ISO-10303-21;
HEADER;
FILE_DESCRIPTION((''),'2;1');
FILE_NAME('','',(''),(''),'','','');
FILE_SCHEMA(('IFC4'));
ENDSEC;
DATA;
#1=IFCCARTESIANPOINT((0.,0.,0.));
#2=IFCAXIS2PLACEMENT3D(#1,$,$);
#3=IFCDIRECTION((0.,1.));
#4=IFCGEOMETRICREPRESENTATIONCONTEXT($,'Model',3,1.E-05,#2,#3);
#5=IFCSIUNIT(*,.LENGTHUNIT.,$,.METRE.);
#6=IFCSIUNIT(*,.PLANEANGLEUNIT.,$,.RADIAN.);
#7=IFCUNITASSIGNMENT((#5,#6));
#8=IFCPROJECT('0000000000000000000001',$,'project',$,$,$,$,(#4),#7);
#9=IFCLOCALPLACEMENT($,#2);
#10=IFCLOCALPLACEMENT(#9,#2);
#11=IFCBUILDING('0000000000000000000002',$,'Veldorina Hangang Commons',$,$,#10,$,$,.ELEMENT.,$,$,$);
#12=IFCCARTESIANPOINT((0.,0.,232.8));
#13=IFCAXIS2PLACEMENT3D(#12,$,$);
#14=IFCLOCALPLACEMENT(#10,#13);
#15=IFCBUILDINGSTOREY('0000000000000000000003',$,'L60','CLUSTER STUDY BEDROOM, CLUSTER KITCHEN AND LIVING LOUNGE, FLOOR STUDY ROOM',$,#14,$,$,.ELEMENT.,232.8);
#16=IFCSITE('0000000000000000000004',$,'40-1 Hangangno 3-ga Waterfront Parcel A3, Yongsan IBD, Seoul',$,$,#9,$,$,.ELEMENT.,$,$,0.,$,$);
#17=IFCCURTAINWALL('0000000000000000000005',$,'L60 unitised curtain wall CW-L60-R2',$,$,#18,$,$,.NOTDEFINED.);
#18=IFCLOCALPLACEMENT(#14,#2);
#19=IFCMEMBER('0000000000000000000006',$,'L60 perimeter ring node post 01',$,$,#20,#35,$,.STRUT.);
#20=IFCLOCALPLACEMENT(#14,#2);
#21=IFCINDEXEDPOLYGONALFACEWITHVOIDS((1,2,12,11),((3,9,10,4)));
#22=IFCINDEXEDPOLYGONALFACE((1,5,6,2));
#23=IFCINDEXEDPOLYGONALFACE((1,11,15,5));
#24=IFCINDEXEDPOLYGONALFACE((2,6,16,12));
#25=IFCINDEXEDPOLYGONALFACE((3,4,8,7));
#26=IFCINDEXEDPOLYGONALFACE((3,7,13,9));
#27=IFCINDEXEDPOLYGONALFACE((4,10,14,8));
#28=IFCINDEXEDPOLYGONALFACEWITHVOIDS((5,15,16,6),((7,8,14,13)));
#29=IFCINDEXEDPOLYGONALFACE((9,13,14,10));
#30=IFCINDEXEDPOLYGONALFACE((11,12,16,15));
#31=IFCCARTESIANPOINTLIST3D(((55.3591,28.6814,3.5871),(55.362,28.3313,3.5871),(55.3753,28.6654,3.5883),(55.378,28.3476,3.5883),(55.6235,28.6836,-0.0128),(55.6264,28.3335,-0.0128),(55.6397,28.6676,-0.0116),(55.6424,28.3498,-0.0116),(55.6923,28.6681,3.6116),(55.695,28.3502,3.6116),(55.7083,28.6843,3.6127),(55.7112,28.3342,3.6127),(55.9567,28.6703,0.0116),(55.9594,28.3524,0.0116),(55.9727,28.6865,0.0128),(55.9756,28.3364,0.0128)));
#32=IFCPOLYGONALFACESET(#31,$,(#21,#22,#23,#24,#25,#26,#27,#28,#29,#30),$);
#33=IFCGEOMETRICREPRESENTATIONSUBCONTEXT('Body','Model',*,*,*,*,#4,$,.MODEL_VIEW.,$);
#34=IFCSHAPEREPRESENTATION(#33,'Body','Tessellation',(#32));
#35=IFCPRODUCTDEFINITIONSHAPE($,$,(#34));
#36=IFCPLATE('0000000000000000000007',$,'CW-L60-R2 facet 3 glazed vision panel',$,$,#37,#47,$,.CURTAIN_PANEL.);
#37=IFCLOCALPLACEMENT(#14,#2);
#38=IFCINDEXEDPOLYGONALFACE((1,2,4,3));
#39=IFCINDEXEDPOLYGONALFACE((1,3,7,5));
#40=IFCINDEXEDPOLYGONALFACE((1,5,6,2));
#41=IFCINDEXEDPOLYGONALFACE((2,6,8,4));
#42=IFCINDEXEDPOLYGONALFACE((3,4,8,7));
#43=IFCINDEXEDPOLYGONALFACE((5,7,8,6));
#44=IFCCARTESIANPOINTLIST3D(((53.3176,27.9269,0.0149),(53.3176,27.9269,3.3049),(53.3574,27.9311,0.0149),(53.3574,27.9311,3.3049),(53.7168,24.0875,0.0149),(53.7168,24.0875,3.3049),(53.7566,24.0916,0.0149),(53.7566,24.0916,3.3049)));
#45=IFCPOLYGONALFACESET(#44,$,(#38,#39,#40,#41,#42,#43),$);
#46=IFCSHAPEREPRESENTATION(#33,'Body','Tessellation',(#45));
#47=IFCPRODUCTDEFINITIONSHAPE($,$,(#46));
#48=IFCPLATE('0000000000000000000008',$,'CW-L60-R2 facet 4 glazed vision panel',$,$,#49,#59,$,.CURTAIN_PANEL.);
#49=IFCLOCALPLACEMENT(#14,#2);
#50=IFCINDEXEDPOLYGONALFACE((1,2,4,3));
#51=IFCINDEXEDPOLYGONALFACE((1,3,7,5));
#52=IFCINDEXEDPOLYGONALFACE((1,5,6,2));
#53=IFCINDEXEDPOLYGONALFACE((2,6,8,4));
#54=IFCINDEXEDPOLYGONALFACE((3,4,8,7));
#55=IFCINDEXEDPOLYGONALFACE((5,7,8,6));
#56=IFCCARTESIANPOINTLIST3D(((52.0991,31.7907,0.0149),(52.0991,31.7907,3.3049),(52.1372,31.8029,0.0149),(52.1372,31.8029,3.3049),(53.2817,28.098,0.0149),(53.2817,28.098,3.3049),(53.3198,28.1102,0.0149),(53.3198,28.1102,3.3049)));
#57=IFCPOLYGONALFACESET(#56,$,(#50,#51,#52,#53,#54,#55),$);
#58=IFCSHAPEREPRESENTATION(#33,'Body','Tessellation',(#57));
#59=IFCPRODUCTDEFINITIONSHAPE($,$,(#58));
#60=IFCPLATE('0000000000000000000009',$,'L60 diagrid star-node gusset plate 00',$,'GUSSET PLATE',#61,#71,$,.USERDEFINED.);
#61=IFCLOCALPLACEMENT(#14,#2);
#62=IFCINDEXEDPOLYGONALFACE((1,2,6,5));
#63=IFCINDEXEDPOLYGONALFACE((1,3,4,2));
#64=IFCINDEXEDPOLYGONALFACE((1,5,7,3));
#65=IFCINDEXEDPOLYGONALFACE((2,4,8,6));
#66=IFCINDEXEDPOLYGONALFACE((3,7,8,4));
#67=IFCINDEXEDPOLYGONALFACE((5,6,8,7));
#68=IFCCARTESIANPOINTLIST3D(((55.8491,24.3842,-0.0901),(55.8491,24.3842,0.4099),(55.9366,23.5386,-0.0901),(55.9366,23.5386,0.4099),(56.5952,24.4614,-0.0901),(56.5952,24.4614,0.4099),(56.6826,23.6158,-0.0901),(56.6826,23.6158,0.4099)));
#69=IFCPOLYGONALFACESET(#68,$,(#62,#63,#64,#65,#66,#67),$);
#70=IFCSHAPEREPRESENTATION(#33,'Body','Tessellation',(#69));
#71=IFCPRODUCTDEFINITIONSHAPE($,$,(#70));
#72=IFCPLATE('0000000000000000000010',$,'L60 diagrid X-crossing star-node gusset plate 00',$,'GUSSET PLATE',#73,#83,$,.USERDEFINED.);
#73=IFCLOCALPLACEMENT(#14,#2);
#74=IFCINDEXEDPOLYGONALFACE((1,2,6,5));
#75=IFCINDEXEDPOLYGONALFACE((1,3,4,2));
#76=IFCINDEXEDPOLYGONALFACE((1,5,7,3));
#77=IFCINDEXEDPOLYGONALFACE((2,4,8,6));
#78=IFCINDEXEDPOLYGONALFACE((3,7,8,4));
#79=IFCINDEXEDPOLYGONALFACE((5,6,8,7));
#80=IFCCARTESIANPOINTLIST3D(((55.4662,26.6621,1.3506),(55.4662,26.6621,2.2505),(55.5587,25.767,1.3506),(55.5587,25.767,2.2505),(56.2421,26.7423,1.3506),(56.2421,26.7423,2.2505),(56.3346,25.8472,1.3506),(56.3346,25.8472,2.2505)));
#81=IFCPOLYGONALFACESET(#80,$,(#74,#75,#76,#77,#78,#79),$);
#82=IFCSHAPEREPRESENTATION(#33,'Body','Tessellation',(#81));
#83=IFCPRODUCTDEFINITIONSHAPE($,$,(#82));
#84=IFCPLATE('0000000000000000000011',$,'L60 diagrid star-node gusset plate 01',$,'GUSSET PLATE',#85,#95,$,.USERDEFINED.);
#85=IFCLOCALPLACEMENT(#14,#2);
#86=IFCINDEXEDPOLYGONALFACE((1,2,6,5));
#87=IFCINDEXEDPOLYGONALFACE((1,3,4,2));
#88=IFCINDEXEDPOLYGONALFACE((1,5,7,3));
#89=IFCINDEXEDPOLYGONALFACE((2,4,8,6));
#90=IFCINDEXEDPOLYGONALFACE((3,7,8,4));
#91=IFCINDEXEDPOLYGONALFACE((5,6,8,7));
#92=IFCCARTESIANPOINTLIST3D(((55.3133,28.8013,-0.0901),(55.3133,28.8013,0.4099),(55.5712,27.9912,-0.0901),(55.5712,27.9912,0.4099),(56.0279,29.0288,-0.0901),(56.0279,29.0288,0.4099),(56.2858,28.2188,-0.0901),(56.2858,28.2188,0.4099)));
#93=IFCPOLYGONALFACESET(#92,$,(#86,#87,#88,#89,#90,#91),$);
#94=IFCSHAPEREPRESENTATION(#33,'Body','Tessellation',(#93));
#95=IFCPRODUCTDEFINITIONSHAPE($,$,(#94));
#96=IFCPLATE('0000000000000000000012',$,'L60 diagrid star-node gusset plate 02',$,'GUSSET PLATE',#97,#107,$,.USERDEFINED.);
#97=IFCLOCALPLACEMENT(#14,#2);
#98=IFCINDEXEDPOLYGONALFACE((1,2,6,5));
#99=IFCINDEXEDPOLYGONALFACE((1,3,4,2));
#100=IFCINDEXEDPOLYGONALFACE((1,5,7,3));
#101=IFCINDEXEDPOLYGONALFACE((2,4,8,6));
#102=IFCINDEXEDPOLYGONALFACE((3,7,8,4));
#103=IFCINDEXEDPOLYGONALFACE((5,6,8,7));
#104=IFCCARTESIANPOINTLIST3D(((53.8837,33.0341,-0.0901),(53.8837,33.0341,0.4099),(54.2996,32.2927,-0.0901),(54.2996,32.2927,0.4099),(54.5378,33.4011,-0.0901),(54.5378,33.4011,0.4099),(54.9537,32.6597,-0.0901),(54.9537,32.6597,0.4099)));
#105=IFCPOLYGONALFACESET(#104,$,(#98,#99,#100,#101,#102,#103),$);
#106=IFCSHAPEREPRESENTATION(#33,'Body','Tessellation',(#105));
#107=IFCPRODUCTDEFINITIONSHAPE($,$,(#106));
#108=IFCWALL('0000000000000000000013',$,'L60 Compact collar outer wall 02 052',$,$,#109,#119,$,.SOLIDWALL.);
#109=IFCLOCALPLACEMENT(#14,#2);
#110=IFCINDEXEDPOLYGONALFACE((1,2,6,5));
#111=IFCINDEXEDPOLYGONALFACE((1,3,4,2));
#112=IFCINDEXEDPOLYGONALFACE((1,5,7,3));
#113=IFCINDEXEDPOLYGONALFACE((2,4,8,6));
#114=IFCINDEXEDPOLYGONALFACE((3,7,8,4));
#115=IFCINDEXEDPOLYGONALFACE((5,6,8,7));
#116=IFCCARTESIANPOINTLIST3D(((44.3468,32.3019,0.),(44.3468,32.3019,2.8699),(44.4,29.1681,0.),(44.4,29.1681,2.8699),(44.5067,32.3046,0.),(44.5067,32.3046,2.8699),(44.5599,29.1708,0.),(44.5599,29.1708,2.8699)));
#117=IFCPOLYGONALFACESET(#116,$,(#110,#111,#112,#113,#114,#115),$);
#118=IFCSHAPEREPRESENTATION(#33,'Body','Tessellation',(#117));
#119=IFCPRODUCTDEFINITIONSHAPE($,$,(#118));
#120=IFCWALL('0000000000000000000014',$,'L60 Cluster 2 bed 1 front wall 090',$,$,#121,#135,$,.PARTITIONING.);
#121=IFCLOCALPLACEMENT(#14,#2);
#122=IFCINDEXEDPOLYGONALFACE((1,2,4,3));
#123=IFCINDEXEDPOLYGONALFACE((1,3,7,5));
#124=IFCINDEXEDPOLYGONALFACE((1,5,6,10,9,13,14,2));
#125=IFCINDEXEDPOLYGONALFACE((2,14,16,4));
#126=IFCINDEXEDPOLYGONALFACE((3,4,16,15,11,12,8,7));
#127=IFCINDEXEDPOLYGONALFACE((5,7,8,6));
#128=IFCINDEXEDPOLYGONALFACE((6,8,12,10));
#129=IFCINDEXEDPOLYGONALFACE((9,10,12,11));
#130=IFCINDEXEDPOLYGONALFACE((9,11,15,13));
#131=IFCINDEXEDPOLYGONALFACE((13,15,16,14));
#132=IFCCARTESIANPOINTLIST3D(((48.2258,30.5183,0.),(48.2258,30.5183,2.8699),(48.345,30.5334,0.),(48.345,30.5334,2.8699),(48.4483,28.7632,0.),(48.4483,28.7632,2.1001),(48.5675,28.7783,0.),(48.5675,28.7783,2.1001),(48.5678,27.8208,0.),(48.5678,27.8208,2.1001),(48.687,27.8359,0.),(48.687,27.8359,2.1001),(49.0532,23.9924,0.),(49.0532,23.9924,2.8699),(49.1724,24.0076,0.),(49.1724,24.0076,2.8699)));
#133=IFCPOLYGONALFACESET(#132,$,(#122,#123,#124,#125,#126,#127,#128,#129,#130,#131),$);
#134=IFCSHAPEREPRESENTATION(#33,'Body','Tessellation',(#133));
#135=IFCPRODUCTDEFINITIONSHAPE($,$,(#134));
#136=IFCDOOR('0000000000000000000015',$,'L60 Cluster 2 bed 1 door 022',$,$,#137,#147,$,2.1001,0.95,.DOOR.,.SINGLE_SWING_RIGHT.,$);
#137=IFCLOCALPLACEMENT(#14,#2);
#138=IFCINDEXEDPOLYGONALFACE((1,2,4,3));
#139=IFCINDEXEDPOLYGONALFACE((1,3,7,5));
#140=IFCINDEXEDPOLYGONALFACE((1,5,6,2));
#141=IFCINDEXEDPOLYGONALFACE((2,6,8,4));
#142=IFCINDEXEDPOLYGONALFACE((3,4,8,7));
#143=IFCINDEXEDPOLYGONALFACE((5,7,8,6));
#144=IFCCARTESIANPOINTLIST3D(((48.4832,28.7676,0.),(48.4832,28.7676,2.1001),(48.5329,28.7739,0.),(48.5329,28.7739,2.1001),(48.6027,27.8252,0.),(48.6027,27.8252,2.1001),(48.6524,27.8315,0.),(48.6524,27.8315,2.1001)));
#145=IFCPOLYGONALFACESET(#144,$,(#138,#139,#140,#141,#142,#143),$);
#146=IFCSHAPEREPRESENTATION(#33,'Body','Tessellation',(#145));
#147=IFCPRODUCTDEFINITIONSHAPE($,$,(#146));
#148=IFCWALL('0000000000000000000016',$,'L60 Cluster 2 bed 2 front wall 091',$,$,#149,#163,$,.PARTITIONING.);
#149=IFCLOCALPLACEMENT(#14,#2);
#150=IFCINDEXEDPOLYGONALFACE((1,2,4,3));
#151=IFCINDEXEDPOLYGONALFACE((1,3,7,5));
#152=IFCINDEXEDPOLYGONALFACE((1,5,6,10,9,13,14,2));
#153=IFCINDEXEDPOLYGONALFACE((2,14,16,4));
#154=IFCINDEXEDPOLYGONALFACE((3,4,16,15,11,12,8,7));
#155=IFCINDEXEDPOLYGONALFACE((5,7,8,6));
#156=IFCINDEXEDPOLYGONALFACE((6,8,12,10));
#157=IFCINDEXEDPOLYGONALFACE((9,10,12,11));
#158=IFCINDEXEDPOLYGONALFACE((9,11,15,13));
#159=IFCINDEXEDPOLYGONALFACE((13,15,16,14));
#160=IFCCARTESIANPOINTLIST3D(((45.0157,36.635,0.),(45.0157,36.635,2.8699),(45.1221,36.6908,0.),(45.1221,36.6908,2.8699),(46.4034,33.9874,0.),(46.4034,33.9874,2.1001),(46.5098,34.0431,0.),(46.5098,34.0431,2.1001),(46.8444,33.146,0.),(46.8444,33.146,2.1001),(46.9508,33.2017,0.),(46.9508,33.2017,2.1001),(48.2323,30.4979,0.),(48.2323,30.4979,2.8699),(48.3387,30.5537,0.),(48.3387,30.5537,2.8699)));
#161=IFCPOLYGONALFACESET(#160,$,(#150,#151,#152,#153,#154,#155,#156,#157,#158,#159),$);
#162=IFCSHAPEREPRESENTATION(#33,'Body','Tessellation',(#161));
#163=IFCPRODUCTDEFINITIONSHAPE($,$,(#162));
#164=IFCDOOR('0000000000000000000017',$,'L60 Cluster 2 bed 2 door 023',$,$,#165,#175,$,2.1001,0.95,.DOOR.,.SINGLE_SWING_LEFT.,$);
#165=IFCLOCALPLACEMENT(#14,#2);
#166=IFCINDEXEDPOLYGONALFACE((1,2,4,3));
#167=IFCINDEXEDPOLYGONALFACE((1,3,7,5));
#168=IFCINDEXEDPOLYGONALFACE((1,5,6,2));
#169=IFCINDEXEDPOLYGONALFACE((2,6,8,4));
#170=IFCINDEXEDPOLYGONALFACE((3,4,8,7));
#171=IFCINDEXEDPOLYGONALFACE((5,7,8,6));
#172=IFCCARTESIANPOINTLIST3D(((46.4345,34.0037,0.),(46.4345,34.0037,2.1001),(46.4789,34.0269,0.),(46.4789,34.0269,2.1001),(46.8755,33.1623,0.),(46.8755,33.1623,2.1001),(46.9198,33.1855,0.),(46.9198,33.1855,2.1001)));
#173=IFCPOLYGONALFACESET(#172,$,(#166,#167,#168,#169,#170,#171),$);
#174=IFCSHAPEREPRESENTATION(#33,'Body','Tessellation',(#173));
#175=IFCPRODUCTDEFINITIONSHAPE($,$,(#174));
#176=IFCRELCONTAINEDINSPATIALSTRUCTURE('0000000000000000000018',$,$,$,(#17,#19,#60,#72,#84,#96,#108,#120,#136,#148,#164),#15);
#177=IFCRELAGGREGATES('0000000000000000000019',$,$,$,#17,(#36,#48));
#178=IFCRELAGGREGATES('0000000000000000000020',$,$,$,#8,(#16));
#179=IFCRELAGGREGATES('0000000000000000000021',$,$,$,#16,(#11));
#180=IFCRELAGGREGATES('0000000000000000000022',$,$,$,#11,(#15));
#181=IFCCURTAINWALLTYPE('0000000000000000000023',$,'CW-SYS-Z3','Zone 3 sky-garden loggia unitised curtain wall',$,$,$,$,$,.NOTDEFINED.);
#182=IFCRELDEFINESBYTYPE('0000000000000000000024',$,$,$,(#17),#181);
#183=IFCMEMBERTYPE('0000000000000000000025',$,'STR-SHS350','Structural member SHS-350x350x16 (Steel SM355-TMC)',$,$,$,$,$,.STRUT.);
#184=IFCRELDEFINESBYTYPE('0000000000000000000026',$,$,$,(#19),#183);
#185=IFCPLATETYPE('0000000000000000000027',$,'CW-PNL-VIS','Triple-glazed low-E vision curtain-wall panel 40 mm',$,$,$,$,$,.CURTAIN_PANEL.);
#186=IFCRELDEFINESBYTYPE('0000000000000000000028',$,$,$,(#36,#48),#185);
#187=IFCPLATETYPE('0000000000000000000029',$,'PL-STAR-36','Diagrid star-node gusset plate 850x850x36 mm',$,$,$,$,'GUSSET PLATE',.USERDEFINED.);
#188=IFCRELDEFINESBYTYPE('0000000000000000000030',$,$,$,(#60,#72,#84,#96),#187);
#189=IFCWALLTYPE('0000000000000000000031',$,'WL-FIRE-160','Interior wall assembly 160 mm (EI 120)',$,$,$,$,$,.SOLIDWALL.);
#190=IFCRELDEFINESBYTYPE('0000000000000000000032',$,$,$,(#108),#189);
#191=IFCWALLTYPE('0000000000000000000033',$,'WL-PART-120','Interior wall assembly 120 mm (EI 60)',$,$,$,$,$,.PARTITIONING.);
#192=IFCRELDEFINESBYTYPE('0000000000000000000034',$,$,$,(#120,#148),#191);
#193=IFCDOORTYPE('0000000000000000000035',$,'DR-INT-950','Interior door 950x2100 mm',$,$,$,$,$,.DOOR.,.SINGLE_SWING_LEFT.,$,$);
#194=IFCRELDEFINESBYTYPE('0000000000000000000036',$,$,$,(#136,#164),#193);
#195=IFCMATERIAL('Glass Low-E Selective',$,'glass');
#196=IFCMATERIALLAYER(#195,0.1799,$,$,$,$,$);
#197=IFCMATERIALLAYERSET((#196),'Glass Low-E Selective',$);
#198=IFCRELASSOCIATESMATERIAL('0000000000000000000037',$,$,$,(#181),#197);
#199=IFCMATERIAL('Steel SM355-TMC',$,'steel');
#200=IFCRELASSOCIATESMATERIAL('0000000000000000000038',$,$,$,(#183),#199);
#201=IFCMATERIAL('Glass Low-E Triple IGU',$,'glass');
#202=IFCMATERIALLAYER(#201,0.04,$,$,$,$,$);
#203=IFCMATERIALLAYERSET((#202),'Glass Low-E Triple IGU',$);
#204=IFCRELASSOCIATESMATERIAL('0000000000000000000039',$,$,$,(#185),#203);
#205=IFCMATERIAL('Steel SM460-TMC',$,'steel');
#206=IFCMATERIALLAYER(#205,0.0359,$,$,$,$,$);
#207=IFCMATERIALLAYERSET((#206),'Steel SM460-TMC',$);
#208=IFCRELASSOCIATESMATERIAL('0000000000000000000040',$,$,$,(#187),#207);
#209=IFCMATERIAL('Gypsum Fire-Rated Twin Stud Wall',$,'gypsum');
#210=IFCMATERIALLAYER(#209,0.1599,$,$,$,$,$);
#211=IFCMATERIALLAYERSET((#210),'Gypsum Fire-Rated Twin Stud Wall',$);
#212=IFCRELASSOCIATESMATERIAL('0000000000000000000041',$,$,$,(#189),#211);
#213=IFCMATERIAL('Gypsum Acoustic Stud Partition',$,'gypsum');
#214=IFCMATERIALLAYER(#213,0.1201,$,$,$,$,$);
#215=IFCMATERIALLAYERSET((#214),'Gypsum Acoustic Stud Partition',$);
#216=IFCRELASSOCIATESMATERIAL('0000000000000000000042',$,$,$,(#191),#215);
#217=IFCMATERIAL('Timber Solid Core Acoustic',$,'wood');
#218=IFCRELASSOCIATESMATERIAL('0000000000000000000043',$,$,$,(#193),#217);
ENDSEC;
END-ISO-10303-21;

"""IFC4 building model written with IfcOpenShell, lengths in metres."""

from ifc_helpers import new_model, si_unit, direction, frame, frame_2d, origin, origin_2d, place, context, subcontext, project, spatial, rectangle, hollow_rectangle, extrude, material, layer, layer_set, material_profile, profile_set, type_object, element, fill, aggregate, save


model = new_model("IFC4")

# Units and contexts
model_context = context("Model", 3, precision=1e-05, world=origin(), true_north=direction((0.0, 1.0)))
body_context = subcontext(model_context, "Body", "Model", "MODEL_VIEW")
ifc_project = project(units=[si_unit("LENGTHUNIT", "METRE"), si_unit("PLANEANGLEUNIT", "RADIAN")], contexts=[model_context])

# Site, building, storey
site_placement = place(None, origin())
site = spatial("IfcSite", under=ifc_project, at=site_placement, Name="40-1 Hangangno 3-ga Waterfront Parcel A3, Yongsan IBD, Seoul", CompositionType="ELEMENT", RefElevation=0.0)
building_placement = place(site_placement, origin())
building = spatial("IfcBuilding", under=site, at=building_placement, Name="Veldorina Hangang Commons", CompositionType="ELEMENT")
storey_placement = place(building_placement, frame((0.0, 0.0, 232.8)))
storey = spatial("IfcBuildingStorey", under=building, at=storey_placement, Name="L60", Description="CLUSTER STUDY BEDROOM, CLUSTER KITCHEN AND LIVING LOUNGE, FLOOR STUDY ROOM", CompositionType="ELEMENT", Elevation=232.8)

# Shared definitions
ifc_material_1 = material(Name="Steel SM355-TMC", Category="steel")

# Curtain wall
ifc_material_2 = material(Name="Glass Low-E Selective", Category="glass")
ifc_layer_1 = layer(ifc_material_2, 0.1799)
ifc_layer_set_1 = layer_set([ifc_layer_1], Name="Glass Low-E Selective")
curtain_wall_type = type_object("IfcCurtainWallType", Name="CW-SYS-Z3", Description="Zone 3 sky-garden loggia unitised curtain wall", PredefinedType="NOTDEFINED", material=ifc_layer_set_1)
curtain_wall_placement = place(storey_placement, origin())
curtain_wall = element("IfcCurtainWall", 1, at=curtain_wall_placement, inside=storey, type_object=curtain_wall_type, Name="L60 unitised curtain wall CW-L60-R2", PredefinedType="NOTDEFINED")

# Member
ifc_material_profile_1 = material_profile(ifc_material_1, hollow_rectangle(XDim=0.3501, YDim=0.3501, WallThickness=0.0161, at=origin_2d()), Name="SHS-350x350x16")
ifc_profile_set_1 = profile_set([ifc_material_profile_1], Name="Steel SM355-TMC")
member_type_1 = type_object("IfcMemberType", Name="STR-SHS350", Description="Structural member SHS-350x350x16 (Steel SM355-TMC)", PredefinedType="STRUT", material=ifc_profile_set_1)
member_1_placement = place(storey_placement, frame((55.7996, 28.51, 0.0), z_axis=(-0.073251, -0.000609, 0.997313), x_axis=(0.00831, -0.999965, 0.0)))
element("IfcMember", 2, at=member_1_placement, inside=storey, type_object=member_type_1, Name="L60 perimeter ring node post 01", PredefinedType="STRUT", context=body_context, shape_type="SweptSolid", body=[
    extrude(hollow_rectangle(XDim=0.3501, YDim=0.3501, WallThickness=0.0161, at=origin_2d()), origin(), (0.0, 0.0, 1.0), 3.6096),
])

# Plates
ifc_material_3 = material(Name="Glass Low-E Triple IGU", Category="glass")
ifc_layer_2 = layer(ifc_material_3, 0.04)
ifc_layer_set_2 = layer_set([ifc_layer_2], Name="Glass Low-E Triple IGU")
plate_type_1 = type_object("IfcPlateType", Name="CW-PNL-VIS", Description="Triple-glazed low-E vision curtain-wall panel 40 mm", PredefinedType="CURTAIN_PANEL", material=ifc_layer_set_2)
plate_1_placement = place(storey_placement, frame((53.5371, 26.0093, 0.0149), z_axis=(0.0, 0.0, 1.0), x_axis=(-0.103418, 0.994638, 0.0)))
plate_1 = element("IfcPlate", 3, at=plate_1_placement, type_object=plate_type_1, Name="CW-L60-R2 facet 3 glazed vision panel", PredefinedType="CURTAIN_PANEL", context=body_context, shape_type="SweptSolid", body=[
    extrude(rectangle(XDim=3.8601, YDim=0.04, at=origin_2d()), origin(), (0.0, 0.0, 1.0), 3.29),
])
plate_2_placement = place(storey_placement, frame((52.7095, 29.9504, 0.0149), z_axis=(0.0, 0.0, 1.0), x_axis=(-0.304997, 0.952353, 0.0)))
plate_2 = element("IfcPlate", 4, at=plate_2_placement, type_object=plate_type_1, Name="CW-L60-R2 facet 4 glazed vision panel", PredefinedType="CURTAIN_PANEL", context=body_context, shape_type="SweptSolid", body=[
    extrude(rectangle(XDim=3.8774, YDim=0.04, at=origin_2d()), origin(), (0.0, 0.0, 1.0), 3.29),
])
aggregate(curtain_wall, [plate_1, plate_2])

# Plates
ifc_material_4 = material(Name="Steel SM460-TMC", Category="steel")
ifc_layer_3 = layer(ifc_material_4, 0.0359)
ifc_layer_set_3 = layer_set([ifc_layer_3], Name="Steel SM460-TMC")
plate_type_2 = type_object("IfcPlateType", Name="PL-STAR-36", Description="Diagrid star-node gusset plate 850x850x36 mm", ElementType="GUSSET PLATE", PredefinedType="USERDEFINED", material=ifc_layer_set_3)
plate_3_placement = place(storey_placement, frame((56.2659, 24.0, -0.0901), z_axis=(0.0, 0.0, 1.0), x_axis=(-0.102845, 0.994697, 0.0)))
element("IfcPlate", 5, at=plate_3_placement, inside=storey, type_object=plate_type_2, Name="L60 diagrid star-node gusset plate 00", ObjectType="GUSSET PLATE", PredefinedType="USERDEFINED", context=body_context, shape_type="SweptSolid", body=[
    extrude(rectangle(XDim=0.8501, YDim=0.75, at=origin_2d()), origin(), (0.0, 0.0, 1.0), 0.5),
])
plate_4_placement = place(storey_placement, frame((55.9004, 26.2546, 1.3506), z_axis=(0.0, 0.0, 1.0), x_axis=(-0.102845, 0.994697, 0.0)))
element("IfcPlate", 6, at=plate_4_placement, inside=storey, type_object=plate_type_2, Name="L60 diagrid X-crossing star-node gusset plate 00", ObjectType="GUSSET PLATE", PredefinedType="USERDEFINED", context=body_context, shape_type="SweptSolid", body=[
    extrude(rectangle(XDim=0.8999, YDim=0.78, at=origin_2d()), origin(), (0.0, 0.0, 1.0), 0.8999),
])
for number, where, z_axis, x_axis, name in (
    (7, (55.7996, 28.51, -0.0901), (0.0, 0.0, 1.0), (-0.303385, 0.952868, 0.0), "L60 diagrid star-node gusset plate 01"),
    (8, (54.4187, 32.8469, -0.0901), (0.0, 0.0, 1.0), (-0.489306, 0.872112, 0.0), "L60 diagrid star-node gusset plate 02"),
):
    element("IfcPlate", number, at=place(storey_placement, frame(where, z_axis=z_axis, x_axis=x_axis)), inside=storey, type_object=plate_type_2, Name=name, ObjectType="GUSSET PLATE", PredefinedType="USERDEFINED", context=body_context, shape_type="SweptSolid", body=[
        extrude(rectangle(XDim=0.8501, YDim=0.75, at=origin_2d()), origin(), (0.0, 0.0, 1.0), 0.5),
    ])

# Wall
ifc_material_5 = material(Name="Gypsum Fire-Rated Twin Stud Wall", Category="gypsum")
ifc_layer_4 = layer(ifc_material_5, 0.1599)
ifc_layer_set_4 = layer_set([ifc_layer_4], Name="Gypsum Fire-Rated Twin Stud Wall")
wall_type_1 = type_object("IfcWallType", Name="WL-FIRE-160", Description="Interior wall assembly 160 mm (EI 120)", PredefinedType="SOLIDWALL", material=ifc_layer_set_4)
wall_1_placement = place(storey_placement, frame((44.48, 29.1694, 0.0), z_axis=(0.0, 0.0, 1.0), x_axis=(-0.016981, 0.999856, 0.0)))
element("IfcWall", 9, at=wall_1_placement, inside=storey, type_object=wall_type_1, Name="L60 Compact collar outer wall 02 052", PredefinedType="SOLIDWALL", context=body_context, shape_type="SweptSolid", body=[
    extrude(rectangle(XDim=3.1343, YDim=0.1599, at=frame_2d((1.5671, 0.0))), origin(), (0.0, 0.0, 1.0), 2.8699),
])

# Walls, openings, doors
ifc_material_6 = material(Name="Gypsum Acoustic Stud Partition", Category="gypsum")
ifc_layer_5 = layer(ifc_material_6, 0.1201)
ifc_layer_set_5 = layer_set([ifc_layer_5], Name="Gypsum Acoustic Stud Partition")
wall_type_2 = type_object("IfcWallType", Name="WL-PART-120", Description="Interior wall assembly 120 mm (EI 60)", PredefinedType="PARTITIONING", material=ifc_layer_set_5)
wall_2_placement = place(storey_placement, frame((49.1128, 24.0, 0.0), z_axis=(0.0, 0.0, 1.0), x_axis=(-0.125779, 0.992058, 0.0)))
wall_2 = element("IfcWall", 10, at=wall_2_placement, inside=storey, type_object=wall_type_2, Name="L60 Cluster 2 bed 1 front wall 090", PredefinedType="PARTITIONING", context=body_context, shape_type="SweptSolid", body=[
    extrude(rectangle(XDim=6.5781, YDim=0.1201, at=frame_2d((3.2891, 0.0))), origin(), (0.0, 0.0, 1.0), 2.8699),
])
opening_1_placement = place(wall_2_placement, frame((3.8589, 0.0, 0.0)))
opening_1 = element("IfcOpeningElement", 11, at=opening_1_placement, cuts=wall_2, PredefinedType="OPENING", context=body_context, shape_type="SweptSolid", body=[
    extrude(rectangle(XDim=0.95, YDim=2.1001, at=frame_2d((0.4751, 1.05))), frame((0.0, 0.0701, 0.0), z_axis=(0.0, -1.0, 0.0), x_axis=(1.0, 0.0, 0.0)), (0.0, 0.0, 1.0), 0.1401),
])
ifc_material_7 = material(Name="Timber Solid Core Acoustic", Category="wood")
door_type = type_object("IfcDoorType", Name="DR-INT-950", Description="Interior door 950x2100 mm", OperationType="SINGLE_SWING_LEFT", PredefinedType="DOOR", material=ifc_material_7)
door_1_placement = place(opening_1_placement, origin())
door_1 = element("IfcDoor", 12, at=door_1_placement, inside=storey, type_object=door_type, Name="L60 Cluster 2 bed 1 door 022", OperationType="SINGLE_SWING_RIGHT", OverallHeight=2.1001, OverallWidth=0.95, PredefinedType="DOOR", context=body_context, shape_type="SweptSolid", body=[
    extrude(rectangle(XDim=0.95, YDim=2.1001, at=frame_2d((0.4751, 1.05))), frame((0.0, 0.0249, 0.0), z_axis=(0.0, -1.0, 0.0), x_axis=(1.0, 0.0, 0.0)), (0.0, 0.0, 1.0), 0.05),
])
fill(opening_1, door_1)
wall_3_placement = place(storey_placement, frame((48.2854, 30.5259, 0.0), z_axis=(0.0, 0.0, 1.0), x_axis=(-0.464214, 0.885723, 0.0)))
wall_3 = element("IfcWall", 13, at=wall_3_placement, inside=storey, type_object=wall_type_2, Name="L60 Cluster 2 bed 2 front wall 091", PredefinedType="PARTITIONING", context=body_context, shape_type="SweptSolid", body=[
    extrude(rectangle(XDim=6.929, YDim=0.1201, at=frame_2d((3.4644, 0.0))), origin(), (0.0, 0.0, 1.0), 2.8699),
])
opening_2_placement = place(wall_3_placement, frame((2.9895, 0.0, 0.0)))
opening_2 = element("IfcOpeningElement", 14, at=opening_2_placement, cuts=wall_3, PredefinedType="OPENING", context=body_context, shape_type="SweptSolid", body=[
    extrude(rectangle(XDim=0.95, YDim=2.1001, at=frame_2d((0.4751, 1.05))), frame((0.0, 0.0701, 0.0), z_axis=(0.0, -1.0, 0.0), x_axis=(1.0, 0.0, 0.0)), (0.0, 0.0, 1.0), 0.1401),
])
door_2_placement = place(opening_2_placement, origin())
door_2 = element("IfcDoor", 15, at=door_2_placement, inside=storey, type_object=door_type, Name="L60 Cluster 2 bed 2 door 023", OperationType="SINGLE_SWING_LEFT", OverallHeight=2.1001, OverallWidth=0.95, PredefinedType="DOOR", context=body_context, shape_type="SweptSolid", body=[
    extrude(rectangle(XDim=0.95, YDim=2.1001, at=frame_2d((0.4751, 1.05))), frame((0.0, 0.0249, 0.0), z_axis=(0.0, -1.0, 0.0), x_axis=(1.0, 0.0, 0.0)), (0.0, 0.0, 1.0), 0.05),
])
fill(opening_2, door_2)

save(model, "model.ifc")
